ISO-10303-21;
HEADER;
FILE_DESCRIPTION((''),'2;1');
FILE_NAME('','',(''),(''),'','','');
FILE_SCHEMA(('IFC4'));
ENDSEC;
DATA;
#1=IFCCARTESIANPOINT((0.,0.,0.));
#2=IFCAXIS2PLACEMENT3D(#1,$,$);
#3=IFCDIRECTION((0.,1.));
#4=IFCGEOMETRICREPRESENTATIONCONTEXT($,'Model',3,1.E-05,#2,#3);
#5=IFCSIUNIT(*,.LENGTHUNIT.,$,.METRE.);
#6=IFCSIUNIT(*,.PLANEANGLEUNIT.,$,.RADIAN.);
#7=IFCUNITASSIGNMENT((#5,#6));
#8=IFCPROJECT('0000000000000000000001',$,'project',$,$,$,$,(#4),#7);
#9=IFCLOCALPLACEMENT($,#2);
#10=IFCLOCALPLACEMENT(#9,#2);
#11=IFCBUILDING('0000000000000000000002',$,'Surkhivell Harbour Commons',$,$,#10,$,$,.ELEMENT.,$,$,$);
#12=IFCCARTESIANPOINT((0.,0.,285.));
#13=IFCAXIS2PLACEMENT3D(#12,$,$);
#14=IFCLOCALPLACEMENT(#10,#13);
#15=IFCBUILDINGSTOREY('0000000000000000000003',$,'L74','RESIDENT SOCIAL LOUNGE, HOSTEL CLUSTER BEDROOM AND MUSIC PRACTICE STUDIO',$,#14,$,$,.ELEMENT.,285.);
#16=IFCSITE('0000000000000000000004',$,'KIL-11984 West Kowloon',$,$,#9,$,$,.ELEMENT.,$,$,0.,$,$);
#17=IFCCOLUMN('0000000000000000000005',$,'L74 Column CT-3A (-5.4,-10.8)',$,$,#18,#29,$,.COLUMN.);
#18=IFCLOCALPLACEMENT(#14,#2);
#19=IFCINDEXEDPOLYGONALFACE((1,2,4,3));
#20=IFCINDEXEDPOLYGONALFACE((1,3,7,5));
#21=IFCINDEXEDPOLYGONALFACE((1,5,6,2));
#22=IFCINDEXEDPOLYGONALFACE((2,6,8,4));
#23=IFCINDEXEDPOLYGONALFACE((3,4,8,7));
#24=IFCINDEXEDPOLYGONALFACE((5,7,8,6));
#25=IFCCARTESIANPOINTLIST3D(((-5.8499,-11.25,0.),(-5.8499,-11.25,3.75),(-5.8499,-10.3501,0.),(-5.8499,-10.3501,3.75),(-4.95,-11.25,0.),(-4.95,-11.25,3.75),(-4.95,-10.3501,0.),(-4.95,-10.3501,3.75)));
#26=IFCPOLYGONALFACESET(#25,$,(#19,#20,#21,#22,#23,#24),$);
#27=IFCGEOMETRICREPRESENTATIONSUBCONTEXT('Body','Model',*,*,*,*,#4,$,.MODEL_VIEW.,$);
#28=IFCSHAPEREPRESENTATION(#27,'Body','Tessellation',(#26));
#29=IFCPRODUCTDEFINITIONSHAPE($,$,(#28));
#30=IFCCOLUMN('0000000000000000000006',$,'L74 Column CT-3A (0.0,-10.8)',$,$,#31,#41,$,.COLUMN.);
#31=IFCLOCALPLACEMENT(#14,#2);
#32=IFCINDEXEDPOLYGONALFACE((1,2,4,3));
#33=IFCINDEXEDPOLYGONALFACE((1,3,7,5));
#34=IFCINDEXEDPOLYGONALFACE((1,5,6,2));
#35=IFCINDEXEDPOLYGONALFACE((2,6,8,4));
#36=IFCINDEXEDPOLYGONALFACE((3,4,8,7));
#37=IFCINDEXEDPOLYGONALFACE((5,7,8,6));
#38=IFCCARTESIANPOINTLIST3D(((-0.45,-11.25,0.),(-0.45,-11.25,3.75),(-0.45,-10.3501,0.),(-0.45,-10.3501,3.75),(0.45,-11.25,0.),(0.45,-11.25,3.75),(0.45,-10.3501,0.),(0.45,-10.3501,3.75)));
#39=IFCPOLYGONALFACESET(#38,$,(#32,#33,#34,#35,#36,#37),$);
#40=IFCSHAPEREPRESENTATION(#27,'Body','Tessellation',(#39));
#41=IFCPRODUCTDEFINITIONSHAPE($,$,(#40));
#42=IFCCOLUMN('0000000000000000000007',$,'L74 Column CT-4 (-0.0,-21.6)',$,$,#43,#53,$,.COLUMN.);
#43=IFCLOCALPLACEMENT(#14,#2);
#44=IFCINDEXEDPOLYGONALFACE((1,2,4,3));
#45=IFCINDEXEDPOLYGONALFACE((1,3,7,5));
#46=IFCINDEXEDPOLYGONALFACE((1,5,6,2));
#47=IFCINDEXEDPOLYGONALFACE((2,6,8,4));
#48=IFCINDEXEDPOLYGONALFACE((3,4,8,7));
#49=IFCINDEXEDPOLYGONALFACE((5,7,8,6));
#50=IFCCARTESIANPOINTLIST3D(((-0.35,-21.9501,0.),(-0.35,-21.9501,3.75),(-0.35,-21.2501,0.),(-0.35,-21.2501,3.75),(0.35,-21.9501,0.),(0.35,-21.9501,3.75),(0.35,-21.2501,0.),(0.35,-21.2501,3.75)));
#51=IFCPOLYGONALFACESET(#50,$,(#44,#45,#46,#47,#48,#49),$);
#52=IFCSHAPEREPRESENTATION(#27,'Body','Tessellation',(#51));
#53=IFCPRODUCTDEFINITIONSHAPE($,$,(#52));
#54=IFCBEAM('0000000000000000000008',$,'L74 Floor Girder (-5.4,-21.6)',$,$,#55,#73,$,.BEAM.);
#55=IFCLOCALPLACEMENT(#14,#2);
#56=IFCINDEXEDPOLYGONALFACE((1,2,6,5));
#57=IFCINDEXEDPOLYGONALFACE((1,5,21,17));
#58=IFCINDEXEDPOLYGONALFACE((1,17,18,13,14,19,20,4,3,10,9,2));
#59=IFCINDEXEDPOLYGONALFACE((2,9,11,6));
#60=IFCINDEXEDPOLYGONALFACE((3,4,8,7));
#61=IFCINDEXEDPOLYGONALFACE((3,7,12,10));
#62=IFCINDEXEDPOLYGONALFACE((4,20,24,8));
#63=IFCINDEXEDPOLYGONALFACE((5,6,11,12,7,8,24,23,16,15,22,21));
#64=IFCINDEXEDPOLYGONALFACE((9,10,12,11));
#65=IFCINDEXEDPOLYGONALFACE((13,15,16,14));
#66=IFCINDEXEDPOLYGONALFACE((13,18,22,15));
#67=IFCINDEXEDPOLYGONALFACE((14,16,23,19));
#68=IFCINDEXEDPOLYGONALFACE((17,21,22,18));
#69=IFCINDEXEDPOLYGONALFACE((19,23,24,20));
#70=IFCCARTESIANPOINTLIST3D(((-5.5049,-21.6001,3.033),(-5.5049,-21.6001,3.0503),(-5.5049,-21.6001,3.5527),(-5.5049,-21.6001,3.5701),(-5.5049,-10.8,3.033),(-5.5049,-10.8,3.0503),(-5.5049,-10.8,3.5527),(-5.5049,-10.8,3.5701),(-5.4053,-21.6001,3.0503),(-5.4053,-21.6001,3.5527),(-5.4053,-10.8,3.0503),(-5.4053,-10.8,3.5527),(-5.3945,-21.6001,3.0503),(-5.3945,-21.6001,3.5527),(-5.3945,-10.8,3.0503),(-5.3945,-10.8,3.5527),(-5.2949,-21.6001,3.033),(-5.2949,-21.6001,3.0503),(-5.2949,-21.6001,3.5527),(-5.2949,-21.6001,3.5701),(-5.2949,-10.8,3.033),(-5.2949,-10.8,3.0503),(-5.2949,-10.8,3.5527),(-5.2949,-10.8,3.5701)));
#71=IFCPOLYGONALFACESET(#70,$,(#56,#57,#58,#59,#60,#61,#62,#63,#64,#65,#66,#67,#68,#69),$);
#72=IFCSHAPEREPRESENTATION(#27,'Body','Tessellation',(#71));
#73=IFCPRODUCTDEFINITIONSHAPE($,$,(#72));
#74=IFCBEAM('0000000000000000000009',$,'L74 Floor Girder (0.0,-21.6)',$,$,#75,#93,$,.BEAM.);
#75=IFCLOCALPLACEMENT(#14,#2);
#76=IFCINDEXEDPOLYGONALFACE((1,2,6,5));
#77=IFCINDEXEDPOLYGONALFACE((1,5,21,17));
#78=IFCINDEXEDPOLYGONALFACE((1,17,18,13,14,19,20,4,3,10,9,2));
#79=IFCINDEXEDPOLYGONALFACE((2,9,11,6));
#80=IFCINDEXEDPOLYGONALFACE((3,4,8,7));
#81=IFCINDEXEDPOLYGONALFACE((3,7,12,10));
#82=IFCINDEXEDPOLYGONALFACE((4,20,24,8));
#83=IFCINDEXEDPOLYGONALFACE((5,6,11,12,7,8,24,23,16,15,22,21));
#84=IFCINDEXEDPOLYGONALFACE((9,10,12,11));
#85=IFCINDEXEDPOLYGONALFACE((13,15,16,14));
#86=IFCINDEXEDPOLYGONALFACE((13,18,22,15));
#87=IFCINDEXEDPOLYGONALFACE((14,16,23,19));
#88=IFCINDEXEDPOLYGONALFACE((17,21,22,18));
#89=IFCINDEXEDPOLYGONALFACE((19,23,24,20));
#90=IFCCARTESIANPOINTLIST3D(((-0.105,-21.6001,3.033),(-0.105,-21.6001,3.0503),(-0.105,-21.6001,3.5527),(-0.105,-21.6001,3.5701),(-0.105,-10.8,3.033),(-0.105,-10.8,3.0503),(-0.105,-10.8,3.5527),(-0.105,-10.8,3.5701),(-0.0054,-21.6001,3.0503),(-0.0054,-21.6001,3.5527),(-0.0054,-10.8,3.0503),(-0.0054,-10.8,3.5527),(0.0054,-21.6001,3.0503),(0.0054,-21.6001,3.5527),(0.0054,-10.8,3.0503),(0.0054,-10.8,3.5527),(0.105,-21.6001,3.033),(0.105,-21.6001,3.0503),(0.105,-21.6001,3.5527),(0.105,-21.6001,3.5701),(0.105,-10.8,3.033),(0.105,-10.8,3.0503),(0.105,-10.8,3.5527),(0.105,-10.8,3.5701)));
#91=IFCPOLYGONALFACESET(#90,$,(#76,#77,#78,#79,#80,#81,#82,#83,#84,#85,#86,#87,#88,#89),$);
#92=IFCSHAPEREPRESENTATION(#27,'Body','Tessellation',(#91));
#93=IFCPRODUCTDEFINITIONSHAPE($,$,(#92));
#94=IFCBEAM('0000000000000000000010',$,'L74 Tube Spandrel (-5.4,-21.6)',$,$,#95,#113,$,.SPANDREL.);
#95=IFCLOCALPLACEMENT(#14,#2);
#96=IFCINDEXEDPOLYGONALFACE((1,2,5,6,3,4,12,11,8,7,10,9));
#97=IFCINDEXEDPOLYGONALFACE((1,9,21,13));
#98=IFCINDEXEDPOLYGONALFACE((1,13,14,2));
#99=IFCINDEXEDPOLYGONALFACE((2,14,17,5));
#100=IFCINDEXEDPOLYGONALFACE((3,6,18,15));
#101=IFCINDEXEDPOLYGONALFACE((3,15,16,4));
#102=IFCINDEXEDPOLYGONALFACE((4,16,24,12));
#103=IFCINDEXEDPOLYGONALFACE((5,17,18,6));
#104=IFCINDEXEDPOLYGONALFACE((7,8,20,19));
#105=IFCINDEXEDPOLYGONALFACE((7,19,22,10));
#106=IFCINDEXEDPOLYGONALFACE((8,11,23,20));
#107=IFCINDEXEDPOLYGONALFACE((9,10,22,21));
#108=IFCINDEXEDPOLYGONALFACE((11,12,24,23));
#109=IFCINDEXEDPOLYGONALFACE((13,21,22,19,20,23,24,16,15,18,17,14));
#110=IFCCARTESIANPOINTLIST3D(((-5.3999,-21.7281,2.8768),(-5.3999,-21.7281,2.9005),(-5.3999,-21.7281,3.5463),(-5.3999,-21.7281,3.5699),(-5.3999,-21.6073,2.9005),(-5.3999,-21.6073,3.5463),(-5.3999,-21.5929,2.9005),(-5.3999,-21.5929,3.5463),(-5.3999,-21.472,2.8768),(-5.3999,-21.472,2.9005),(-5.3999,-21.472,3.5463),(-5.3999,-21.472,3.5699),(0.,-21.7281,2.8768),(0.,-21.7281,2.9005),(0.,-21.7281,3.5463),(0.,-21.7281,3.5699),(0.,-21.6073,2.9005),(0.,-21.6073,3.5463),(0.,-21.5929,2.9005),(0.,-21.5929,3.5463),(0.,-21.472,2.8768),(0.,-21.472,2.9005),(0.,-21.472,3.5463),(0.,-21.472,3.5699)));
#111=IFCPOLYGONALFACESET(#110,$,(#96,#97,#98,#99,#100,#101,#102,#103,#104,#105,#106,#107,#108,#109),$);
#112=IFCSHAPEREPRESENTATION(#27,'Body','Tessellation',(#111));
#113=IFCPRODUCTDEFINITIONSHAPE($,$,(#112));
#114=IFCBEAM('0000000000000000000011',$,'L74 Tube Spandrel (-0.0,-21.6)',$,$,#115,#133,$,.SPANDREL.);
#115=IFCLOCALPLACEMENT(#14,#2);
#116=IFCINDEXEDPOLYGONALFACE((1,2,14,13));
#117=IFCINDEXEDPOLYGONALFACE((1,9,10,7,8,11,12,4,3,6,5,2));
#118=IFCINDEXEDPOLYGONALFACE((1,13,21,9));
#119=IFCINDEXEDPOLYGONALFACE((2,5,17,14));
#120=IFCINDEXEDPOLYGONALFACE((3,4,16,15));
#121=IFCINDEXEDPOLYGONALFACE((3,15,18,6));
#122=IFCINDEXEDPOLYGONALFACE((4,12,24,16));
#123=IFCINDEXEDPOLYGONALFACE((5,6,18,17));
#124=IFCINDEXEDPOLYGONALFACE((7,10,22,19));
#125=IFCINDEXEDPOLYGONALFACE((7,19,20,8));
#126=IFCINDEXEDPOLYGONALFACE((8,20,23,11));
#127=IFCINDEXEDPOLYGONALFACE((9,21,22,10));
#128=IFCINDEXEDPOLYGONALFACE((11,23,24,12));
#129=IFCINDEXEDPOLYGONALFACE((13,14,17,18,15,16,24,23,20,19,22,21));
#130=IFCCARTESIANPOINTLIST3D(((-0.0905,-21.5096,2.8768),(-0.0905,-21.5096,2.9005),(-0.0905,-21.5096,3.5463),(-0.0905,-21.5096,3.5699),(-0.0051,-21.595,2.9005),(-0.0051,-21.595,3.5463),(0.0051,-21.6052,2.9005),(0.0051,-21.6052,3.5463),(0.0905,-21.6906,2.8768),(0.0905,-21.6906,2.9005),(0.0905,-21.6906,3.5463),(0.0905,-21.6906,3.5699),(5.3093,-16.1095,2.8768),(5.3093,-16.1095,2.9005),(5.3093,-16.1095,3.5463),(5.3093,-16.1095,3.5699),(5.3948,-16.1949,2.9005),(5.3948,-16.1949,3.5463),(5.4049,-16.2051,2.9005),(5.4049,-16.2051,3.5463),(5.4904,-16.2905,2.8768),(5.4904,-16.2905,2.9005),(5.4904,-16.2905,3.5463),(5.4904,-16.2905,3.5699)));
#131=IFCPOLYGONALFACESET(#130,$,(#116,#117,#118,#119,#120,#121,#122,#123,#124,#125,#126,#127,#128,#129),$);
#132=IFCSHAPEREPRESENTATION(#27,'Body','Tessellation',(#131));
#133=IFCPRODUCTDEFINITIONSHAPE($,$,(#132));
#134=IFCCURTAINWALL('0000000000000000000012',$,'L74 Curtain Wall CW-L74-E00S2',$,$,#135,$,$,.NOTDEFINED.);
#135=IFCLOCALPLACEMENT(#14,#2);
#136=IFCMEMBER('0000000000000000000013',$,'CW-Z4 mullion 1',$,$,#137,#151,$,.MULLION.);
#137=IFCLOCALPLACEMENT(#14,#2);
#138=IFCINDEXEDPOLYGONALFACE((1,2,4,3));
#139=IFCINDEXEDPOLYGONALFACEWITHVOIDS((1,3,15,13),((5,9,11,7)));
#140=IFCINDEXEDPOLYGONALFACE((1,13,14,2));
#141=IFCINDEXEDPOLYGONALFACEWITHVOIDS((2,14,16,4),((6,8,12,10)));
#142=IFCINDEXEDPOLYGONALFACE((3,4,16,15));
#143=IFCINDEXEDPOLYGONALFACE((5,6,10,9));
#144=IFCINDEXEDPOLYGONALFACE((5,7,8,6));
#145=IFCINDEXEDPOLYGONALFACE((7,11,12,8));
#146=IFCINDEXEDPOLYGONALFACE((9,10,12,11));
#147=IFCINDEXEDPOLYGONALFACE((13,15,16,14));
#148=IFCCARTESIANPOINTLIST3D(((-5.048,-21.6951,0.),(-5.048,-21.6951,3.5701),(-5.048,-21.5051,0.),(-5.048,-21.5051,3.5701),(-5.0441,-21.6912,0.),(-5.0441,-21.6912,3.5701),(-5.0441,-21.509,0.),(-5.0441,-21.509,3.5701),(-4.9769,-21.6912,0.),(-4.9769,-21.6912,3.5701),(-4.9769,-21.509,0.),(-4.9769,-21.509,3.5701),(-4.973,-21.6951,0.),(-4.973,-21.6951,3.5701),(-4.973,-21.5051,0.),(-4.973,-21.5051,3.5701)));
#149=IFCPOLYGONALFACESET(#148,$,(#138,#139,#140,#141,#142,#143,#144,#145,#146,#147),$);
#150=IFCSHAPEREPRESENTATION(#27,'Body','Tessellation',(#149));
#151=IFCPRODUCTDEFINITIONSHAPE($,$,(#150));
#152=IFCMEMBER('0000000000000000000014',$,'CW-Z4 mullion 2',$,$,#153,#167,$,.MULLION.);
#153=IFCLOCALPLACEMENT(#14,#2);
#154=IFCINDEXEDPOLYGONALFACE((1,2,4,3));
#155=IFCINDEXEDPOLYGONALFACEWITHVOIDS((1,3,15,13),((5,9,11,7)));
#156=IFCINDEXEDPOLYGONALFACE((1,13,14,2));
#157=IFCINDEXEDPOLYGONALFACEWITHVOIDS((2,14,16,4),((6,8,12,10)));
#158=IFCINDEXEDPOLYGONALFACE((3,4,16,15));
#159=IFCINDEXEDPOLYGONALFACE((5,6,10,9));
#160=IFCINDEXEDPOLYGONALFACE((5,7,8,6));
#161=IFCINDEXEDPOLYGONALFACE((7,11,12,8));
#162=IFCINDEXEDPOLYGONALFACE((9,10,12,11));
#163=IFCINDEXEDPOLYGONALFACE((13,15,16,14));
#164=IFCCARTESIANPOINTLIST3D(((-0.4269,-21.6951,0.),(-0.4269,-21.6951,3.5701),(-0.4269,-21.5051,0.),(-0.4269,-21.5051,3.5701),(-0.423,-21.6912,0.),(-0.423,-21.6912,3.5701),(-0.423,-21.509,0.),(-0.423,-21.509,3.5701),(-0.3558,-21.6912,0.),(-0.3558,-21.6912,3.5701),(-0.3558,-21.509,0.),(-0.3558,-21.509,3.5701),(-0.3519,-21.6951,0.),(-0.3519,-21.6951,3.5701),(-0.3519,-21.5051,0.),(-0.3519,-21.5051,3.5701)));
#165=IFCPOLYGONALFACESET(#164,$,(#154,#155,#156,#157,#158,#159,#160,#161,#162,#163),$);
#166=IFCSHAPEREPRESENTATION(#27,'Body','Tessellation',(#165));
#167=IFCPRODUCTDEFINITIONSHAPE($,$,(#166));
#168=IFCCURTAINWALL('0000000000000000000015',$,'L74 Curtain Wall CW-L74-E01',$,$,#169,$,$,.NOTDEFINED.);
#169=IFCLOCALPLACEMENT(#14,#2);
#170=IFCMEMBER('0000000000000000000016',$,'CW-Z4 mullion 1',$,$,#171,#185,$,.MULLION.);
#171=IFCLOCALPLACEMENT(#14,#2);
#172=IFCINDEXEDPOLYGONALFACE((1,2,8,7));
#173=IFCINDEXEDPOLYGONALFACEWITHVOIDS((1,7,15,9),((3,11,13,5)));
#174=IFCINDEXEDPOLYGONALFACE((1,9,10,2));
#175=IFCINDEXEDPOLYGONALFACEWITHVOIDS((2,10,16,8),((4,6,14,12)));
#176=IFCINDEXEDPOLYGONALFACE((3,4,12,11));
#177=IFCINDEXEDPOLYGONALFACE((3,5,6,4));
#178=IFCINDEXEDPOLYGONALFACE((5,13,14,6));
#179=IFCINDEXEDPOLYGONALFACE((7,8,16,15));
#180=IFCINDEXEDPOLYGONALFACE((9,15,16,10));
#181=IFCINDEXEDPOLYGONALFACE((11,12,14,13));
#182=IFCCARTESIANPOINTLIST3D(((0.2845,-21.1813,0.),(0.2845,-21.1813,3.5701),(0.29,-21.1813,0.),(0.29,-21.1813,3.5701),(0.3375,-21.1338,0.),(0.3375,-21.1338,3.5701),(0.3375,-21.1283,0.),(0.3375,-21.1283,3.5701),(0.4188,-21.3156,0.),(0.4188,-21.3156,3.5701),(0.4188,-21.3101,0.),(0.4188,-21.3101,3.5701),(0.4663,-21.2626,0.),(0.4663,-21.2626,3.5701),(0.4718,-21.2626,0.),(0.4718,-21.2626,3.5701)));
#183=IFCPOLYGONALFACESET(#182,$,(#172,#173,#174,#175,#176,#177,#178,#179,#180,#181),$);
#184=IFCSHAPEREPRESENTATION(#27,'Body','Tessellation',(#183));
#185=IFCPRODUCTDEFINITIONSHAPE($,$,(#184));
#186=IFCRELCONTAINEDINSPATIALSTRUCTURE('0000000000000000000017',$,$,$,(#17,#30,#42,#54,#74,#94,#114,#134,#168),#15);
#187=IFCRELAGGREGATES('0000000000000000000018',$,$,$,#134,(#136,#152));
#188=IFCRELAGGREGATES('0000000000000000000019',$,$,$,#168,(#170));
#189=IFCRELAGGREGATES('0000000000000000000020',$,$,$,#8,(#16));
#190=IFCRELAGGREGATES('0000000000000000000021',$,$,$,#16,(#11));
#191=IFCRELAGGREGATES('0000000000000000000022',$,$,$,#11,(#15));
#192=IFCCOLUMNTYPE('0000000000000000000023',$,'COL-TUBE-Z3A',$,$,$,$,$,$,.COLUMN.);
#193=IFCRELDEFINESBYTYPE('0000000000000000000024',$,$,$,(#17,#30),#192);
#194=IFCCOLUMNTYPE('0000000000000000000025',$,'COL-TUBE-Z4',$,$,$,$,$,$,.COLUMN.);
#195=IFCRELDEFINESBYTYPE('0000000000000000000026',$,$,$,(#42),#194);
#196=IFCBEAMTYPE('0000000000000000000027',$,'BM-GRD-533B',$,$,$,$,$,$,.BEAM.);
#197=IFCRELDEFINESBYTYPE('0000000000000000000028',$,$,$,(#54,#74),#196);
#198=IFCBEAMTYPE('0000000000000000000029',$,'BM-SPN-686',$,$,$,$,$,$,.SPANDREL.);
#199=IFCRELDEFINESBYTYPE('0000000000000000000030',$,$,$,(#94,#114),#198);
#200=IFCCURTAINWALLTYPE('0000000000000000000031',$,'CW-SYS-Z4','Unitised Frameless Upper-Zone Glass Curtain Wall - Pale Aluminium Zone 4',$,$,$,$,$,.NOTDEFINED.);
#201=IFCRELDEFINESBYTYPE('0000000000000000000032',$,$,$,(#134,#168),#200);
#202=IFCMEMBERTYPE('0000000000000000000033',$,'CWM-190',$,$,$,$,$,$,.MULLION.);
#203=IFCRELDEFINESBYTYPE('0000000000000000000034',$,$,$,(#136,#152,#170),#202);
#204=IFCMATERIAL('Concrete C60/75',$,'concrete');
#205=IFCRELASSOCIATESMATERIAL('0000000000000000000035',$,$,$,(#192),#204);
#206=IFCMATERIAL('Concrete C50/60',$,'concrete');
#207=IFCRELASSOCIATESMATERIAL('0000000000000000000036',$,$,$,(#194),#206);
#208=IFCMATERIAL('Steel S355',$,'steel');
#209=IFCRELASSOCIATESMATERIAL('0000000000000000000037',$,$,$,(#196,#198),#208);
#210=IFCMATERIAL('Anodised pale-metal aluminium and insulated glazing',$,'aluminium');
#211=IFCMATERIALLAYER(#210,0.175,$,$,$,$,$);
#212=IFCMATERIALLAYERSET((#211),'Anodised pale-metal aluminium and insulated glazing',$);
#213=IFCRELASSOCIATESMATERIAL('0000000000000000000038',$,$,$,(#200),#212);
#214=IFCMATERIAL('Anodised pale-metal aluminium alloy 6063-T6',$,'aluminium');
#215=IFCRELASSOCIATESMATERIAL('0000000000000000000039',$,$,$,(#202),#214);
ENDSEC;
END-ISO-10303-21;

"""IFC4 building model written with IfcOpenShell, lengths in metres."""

from ifc_helpers import new_model, si_unit, direction, frame, origin, origin_2d, place, context, subcontext, project, spatial, rectangle, hollow_rectangle, i_section, extrude, material, layer, layer_set, material_profile, profile_set, type_object, element, aggregate, save


model = new_model("IFC4")

# Units and contexts
model_context = context("Model", 3, precision=1e-05, world=origin(), true_north=direction((0.0, 1.0)))
body_context = subcontext(model_context, "Body", "Model", "MODEL_VIEW")
ifc_project = project(units=[si_unit("LENGTHUNIT", "METRE"), si_unit("PLANEANGLEUNIT", "RADIAN")], contexts=[model_context])

# Site, building, storey
site_placement = place(None, origin())
site = spatial("IfcSite", under=ifc_project, at=site_placement, Name="KIL-11984 West Kowloon", CompositionType="ELEMENT", RefElevation=0.0)
building_placement = place(site_placement, origin())
building = spatial("IfcBuilding", under=site, at=building_placement, Name="Surkhivell Harbour Commons", CompositionType="ELEMENT")
storey_placement = place(building_placement, frame((0.0, 0.0, 285.0)))
storey = spatial("IfcBuildingStorey", under=building, at=storey_placement, Name="L74", Description="RESIDENT SOCIAL LOUNGE, HOSTEL CLUSTER BEDROOM AND MUSIC PRACTICE STUDIO", CompositionType="ELEMENT", Elevation=285.0)

# Columns
ifc_material_1 = material(Name="Concrete C60/75", Category="concrete")
ifc_material_profile_1 = material_profile(ifc_material_1, rectangle(XDim=0.8999, YDim=0.8999, at=origin_2d()), Name="RC-COL-900x900")
ifc_profile_set_1 = profile_set([ifc_material_profile_1], Name="Concrete C60/75")
column_type_1 = type_object("IfcColumnType", Name="COL-TUBE-Z3A", PredefinedType="COLUMN", material=ifc_profile_set_1)
for number, where, z_axis, x_axis, name in (
    (1, (-5.3999, -10.8, 0.0), (0.0, 0.0, 1.0), (1.0, 0.0, 0.0), "L74 Column CT-3A (-5.4,-10.8)"),
    (2, (0.0, -10.8, 0.0), (0.0, 0.0, 1.0), (1.0, 0.0, 0.0), "L74 Column CT-3A (0.0,-10.8)"),
):
    element("IfcColumn", number, at=place(storey_placement, frame(where, z_axis=z_axis, x_axis=x_axis)), inside=storey, type_object=column_type_1, Name=name, PredefinedType="COLUMN", context=body_context, shape_type="SweptSolid", body=[
        extrude(rectangle(XDim=0.8999, YDim=0.8999, at=origin_2d()), origin(), (0.0, 0.0, 1.0), 3.75),
    ])
ifc_material_2 = material(Name="Concrete C50/60", Category="concrete")
ifc_material_profile_2 = material_profile(ifc_material_2, rectangle(XDim=0.7, YDim=0.7, at=origin_2d()), Name="RC-COL-700x700")
ifc_profile_set_2 = profile_set([ifc_material_profile_2], Name="Concrete C50/60")
column_type_2 = type_object("IfcColumnType", Name="COL-TUBE-Z4", PredefinedType="COLUMN", material=ifc_profile_set_2)
column_placement = place(storey_placement, frame((0.0, -21.6001, 0.0), z_axis=(0.0, 0.0, 1.0), x_axis=(1.0, 0.0, 0.0)))
element("IfcColumn", 3, at=column_placement, inside=storey, type_object=column_type_2, Name="L74 Column CT-4 (-0.0,-21.6)", PredefinedType="COLUMN", context=body_context, shape_type="SweptSolid", body=[
    extrude(rectangle(XDim=0.7, YDim=0.7, at=origin_2d()), origin(), (0.0, 0.0, 1.0), 3.75),
])

# Beams
ifc_material_3 = material(Name="Steel S355", Category="steel")
ifc_material_profile_3 = material_profile(ifc_material_3, i_section(OverallWidth=0.21, OverallDepth=0.5371, WebThickness=0.0107, FlangeThickness=0.0173, at=origin_2d()), Name="UB533x210x101")
ifc_profile_set_3 = profile_set([ifc_material_profile_3], Name="Steel S355")
beam_type_1 = type_object("IfcBeamType", Name="BM-GRD-533B", PredefinedType="BEAM", material=ifc_profile_set_3)
for number, where, z_axis, x_axis, name in (
    (4, (-5.3999, -21.6001, 3.3015), (0.0, 1.0, 0.0), (-1.0, 0.0, 0.0), "L74 Floor Girder (-5.4,-21.6)"),
    (5, (0.0, -21.6001, 3.3015), (0.0, 1.0, 0.0), (-1.0, 0.0, 0.0), "L74 Floor Girder (0.0,-21.6)"),
):
    element("IfcBeam", number, at=place(storey_placement, frame(where, z_axis=z_axis, x_axis=x_axis)), inside=storey, type_object=beam_type_1, Name=name, PredefinedType="BEAM", context=body_context, shape_type="SweptSolid", body=[
        extrude(i_section(OverallWidth=0.21, OverallDepth=0.5371, WebThickness=0.0107, FlangeThickness=0.0173, at=origin_2d()), origin(), (0.0, 0.0, 1.0), 10.8),
    ])
ifc_material_profile_4 = material_profile(ifc_material_3, i_section(OverallWidth=0.2561, OverallDepth=0.6931, WebThickness=0.0144, FlangeThickness=0.0237, at=origin_2d()), Name="UB686x254x170")
ifc_profile_set_4 = profile_set([ifc_material_profile_4], Name="Steel S355")
beam_type_2 = type_object("IfcBeamType", Name="BM-SPN-686", PredefinedType="SPANDREL", material=ifc_profile_set_4)
beam_1_placement = place(storey_placement, frame((-5.3999, -21.6001, 3.2234), z_axis=(1.0, 0.0, 0.0), x_axis=(0.0, 1.0, 0.0)))
element("IfcBeam", 6, at=beam_1_placement, inside=storey, type_object=beam_type_2, Name="L74 Tube Spandrel (-5.4,-21.6)", PredefinedType="SPANDREL", context=body_context, shape_type="SweptSolid", body=[
    extrude(i_section(OverallWidth=0.2561, OverallDepth=0.6931, WebThickness=0.0144, FlangeThickness=0.0237, at=origin_2d()), origin(), (0.0, 0.0, 1.0), 5.3999),
])
beam_2_placement = place(storey_placement, frame((0.0, -21.6001, 3.2234), z_axis=(0.707091, 0.707123, 0.0), x_axis=(-0.707123, 0.707091, 0.0)))
element("IfcBeam", 7, at=beam_2_placement, inside=storey, type_object=beam_type_2, Name="L74 Tube Spandrel (-0.0,-21.6)", PredefinedType="SPANDREL", context=body_context, shape_type="SweptSolid", body=[
    extrude(i_section(OverallWidth=0.2561, OverallDepth=0.6931, WebThickness=0.0144, FlangeThickness=0.0237, at=origin_2d()), origin(), (0.0, 0.0, 1.0), 7.6367),
])

# Curtain wall, members
ifc_material_4 = material(Name="Anodised pale-metal aluminium and insulated glazing", Category="aluminium")
ifc_layer_1 = layer(ifc_material_4, 0.175)
ifc_layer_set_1 = layer_set([ifc_layer_1], Name="Anodised pale-metal aluminium and insulated glazing")
curtain_wall_type = type_object("IfcCurtainWallType", Name="CW-SYS-Z4", Description="Unitised Frameless Upper-Zone Glass Curtain Wall - Pale Aluminium Zone 4", PredefinedType="NOTDEFINED", material=ifc_layer_set_1)
curtain_wall_1_placement = place(storey_placement, origin())
curtain_wall_1 = element("IfcCurtainWall", 8, at=curtain_wall_1_placement, inside=storey, type_object=curtain_wall_type, Name="L74 Curtain Wall CW-L74-E00S2", PredefinedType="NOTDEFINED")
ifc_material_5 = material(Name="Anodised pale-metal aluminium alloy 6063-T6", Category="aluminium")
ifc_material_profile_5 = material_profile(ifc_material_5, hollow_rectangle(XDim=0.075, YDim=0.1899, WallThickness=0.0039, at=origin_2d()), Name="ALU-MULL-75x190")
ifc_profile_set_5 = profile_set([ifc_material_profile_5], Name="Anodised pale-metal aluminium alloy 6063-T6")
member_type_1 = type_object("IfcMemberType", Name="CWM-190", PredefinedType="MULLION", material=ifc_profile_set_5)
member_1_placement = place(storey_placement, frame((-5.0105, -21.6001, 0.0), z_axis=(0.0, 0.0, 1.0), x_axis=(1.0, 0.0, 0.0)))
member_1 = element("IfcMember", 9, at=member_1_placement, type_object=member_type_1, Name="CW-Z4 mullion 1", PredefinedType="MULLION", context=body_context, shape_type="SweptSolid", body=[
    extrude(hollow_rectangle(XDim=0.075, YDim=0.1899, WallThickness=0.0039, at=origin_2d()), origin(), (0.0, 0.0, 1.0), 3.5701),
])
member_2_placement = place(storey_placement, frame((-0.3894, -21.6001, 0.0), z_axis=(0.0, 0.0, 1.0), x_axis=(1.0, 0.0, 0.0)))
member_2 = element("IfcMember", 10, at=member_2_placement, type_object=member_type_1, Name="CW-Z4 mullion 2", PredefinedType="MULLION", context=body_context, shape_type="SweptSolid", body=[
    extrude(hollow_rectangle(XDim=0.075, YDim=0.1899, WallThickness=0.0039, at=origin_2d()), origin(), (0.0, 0.0, 1.0), 3.5701),
])

# Curtain wall, member
curtain_wall_2_placement = place(storey_placement, origin())
curtain_wall_2 = element("IfcCurtainWall", 11, at=curtain_wall_2_placement, inside=storey, type_object=curtain_wall_type, Name="L74 Curtain Wall CW-L74-E01", PredefinedType="NOTDEFINED")
member_3_placement = place(storey_placement, frame((0.3782, -21.2219, 0.0), z_axis=(0.0, 0.0, 1.0), x_axis=(0.707107, 0.707107, 0.0)))
member_3 = element("IfcMember", 12, at=member_3_placement, type_object=member_type_1, Name="CW-Z4 mullion 1", PredefinedType="MULLION", context=body_context, shape_type="SweptSolid", body=[
    extrude(hollow_rectangle(XDim=0.075, YDim=0.1899, WallThickness=0.0039, at=origin_2d()), origin(), (0.0, 0.0, 1.0), 3.5701),
])

aggregate(curtain_wall_1, [member_1, member_2])
aggregate(curtain_wall_2, [member_3])

save(model, "model.ifc")
